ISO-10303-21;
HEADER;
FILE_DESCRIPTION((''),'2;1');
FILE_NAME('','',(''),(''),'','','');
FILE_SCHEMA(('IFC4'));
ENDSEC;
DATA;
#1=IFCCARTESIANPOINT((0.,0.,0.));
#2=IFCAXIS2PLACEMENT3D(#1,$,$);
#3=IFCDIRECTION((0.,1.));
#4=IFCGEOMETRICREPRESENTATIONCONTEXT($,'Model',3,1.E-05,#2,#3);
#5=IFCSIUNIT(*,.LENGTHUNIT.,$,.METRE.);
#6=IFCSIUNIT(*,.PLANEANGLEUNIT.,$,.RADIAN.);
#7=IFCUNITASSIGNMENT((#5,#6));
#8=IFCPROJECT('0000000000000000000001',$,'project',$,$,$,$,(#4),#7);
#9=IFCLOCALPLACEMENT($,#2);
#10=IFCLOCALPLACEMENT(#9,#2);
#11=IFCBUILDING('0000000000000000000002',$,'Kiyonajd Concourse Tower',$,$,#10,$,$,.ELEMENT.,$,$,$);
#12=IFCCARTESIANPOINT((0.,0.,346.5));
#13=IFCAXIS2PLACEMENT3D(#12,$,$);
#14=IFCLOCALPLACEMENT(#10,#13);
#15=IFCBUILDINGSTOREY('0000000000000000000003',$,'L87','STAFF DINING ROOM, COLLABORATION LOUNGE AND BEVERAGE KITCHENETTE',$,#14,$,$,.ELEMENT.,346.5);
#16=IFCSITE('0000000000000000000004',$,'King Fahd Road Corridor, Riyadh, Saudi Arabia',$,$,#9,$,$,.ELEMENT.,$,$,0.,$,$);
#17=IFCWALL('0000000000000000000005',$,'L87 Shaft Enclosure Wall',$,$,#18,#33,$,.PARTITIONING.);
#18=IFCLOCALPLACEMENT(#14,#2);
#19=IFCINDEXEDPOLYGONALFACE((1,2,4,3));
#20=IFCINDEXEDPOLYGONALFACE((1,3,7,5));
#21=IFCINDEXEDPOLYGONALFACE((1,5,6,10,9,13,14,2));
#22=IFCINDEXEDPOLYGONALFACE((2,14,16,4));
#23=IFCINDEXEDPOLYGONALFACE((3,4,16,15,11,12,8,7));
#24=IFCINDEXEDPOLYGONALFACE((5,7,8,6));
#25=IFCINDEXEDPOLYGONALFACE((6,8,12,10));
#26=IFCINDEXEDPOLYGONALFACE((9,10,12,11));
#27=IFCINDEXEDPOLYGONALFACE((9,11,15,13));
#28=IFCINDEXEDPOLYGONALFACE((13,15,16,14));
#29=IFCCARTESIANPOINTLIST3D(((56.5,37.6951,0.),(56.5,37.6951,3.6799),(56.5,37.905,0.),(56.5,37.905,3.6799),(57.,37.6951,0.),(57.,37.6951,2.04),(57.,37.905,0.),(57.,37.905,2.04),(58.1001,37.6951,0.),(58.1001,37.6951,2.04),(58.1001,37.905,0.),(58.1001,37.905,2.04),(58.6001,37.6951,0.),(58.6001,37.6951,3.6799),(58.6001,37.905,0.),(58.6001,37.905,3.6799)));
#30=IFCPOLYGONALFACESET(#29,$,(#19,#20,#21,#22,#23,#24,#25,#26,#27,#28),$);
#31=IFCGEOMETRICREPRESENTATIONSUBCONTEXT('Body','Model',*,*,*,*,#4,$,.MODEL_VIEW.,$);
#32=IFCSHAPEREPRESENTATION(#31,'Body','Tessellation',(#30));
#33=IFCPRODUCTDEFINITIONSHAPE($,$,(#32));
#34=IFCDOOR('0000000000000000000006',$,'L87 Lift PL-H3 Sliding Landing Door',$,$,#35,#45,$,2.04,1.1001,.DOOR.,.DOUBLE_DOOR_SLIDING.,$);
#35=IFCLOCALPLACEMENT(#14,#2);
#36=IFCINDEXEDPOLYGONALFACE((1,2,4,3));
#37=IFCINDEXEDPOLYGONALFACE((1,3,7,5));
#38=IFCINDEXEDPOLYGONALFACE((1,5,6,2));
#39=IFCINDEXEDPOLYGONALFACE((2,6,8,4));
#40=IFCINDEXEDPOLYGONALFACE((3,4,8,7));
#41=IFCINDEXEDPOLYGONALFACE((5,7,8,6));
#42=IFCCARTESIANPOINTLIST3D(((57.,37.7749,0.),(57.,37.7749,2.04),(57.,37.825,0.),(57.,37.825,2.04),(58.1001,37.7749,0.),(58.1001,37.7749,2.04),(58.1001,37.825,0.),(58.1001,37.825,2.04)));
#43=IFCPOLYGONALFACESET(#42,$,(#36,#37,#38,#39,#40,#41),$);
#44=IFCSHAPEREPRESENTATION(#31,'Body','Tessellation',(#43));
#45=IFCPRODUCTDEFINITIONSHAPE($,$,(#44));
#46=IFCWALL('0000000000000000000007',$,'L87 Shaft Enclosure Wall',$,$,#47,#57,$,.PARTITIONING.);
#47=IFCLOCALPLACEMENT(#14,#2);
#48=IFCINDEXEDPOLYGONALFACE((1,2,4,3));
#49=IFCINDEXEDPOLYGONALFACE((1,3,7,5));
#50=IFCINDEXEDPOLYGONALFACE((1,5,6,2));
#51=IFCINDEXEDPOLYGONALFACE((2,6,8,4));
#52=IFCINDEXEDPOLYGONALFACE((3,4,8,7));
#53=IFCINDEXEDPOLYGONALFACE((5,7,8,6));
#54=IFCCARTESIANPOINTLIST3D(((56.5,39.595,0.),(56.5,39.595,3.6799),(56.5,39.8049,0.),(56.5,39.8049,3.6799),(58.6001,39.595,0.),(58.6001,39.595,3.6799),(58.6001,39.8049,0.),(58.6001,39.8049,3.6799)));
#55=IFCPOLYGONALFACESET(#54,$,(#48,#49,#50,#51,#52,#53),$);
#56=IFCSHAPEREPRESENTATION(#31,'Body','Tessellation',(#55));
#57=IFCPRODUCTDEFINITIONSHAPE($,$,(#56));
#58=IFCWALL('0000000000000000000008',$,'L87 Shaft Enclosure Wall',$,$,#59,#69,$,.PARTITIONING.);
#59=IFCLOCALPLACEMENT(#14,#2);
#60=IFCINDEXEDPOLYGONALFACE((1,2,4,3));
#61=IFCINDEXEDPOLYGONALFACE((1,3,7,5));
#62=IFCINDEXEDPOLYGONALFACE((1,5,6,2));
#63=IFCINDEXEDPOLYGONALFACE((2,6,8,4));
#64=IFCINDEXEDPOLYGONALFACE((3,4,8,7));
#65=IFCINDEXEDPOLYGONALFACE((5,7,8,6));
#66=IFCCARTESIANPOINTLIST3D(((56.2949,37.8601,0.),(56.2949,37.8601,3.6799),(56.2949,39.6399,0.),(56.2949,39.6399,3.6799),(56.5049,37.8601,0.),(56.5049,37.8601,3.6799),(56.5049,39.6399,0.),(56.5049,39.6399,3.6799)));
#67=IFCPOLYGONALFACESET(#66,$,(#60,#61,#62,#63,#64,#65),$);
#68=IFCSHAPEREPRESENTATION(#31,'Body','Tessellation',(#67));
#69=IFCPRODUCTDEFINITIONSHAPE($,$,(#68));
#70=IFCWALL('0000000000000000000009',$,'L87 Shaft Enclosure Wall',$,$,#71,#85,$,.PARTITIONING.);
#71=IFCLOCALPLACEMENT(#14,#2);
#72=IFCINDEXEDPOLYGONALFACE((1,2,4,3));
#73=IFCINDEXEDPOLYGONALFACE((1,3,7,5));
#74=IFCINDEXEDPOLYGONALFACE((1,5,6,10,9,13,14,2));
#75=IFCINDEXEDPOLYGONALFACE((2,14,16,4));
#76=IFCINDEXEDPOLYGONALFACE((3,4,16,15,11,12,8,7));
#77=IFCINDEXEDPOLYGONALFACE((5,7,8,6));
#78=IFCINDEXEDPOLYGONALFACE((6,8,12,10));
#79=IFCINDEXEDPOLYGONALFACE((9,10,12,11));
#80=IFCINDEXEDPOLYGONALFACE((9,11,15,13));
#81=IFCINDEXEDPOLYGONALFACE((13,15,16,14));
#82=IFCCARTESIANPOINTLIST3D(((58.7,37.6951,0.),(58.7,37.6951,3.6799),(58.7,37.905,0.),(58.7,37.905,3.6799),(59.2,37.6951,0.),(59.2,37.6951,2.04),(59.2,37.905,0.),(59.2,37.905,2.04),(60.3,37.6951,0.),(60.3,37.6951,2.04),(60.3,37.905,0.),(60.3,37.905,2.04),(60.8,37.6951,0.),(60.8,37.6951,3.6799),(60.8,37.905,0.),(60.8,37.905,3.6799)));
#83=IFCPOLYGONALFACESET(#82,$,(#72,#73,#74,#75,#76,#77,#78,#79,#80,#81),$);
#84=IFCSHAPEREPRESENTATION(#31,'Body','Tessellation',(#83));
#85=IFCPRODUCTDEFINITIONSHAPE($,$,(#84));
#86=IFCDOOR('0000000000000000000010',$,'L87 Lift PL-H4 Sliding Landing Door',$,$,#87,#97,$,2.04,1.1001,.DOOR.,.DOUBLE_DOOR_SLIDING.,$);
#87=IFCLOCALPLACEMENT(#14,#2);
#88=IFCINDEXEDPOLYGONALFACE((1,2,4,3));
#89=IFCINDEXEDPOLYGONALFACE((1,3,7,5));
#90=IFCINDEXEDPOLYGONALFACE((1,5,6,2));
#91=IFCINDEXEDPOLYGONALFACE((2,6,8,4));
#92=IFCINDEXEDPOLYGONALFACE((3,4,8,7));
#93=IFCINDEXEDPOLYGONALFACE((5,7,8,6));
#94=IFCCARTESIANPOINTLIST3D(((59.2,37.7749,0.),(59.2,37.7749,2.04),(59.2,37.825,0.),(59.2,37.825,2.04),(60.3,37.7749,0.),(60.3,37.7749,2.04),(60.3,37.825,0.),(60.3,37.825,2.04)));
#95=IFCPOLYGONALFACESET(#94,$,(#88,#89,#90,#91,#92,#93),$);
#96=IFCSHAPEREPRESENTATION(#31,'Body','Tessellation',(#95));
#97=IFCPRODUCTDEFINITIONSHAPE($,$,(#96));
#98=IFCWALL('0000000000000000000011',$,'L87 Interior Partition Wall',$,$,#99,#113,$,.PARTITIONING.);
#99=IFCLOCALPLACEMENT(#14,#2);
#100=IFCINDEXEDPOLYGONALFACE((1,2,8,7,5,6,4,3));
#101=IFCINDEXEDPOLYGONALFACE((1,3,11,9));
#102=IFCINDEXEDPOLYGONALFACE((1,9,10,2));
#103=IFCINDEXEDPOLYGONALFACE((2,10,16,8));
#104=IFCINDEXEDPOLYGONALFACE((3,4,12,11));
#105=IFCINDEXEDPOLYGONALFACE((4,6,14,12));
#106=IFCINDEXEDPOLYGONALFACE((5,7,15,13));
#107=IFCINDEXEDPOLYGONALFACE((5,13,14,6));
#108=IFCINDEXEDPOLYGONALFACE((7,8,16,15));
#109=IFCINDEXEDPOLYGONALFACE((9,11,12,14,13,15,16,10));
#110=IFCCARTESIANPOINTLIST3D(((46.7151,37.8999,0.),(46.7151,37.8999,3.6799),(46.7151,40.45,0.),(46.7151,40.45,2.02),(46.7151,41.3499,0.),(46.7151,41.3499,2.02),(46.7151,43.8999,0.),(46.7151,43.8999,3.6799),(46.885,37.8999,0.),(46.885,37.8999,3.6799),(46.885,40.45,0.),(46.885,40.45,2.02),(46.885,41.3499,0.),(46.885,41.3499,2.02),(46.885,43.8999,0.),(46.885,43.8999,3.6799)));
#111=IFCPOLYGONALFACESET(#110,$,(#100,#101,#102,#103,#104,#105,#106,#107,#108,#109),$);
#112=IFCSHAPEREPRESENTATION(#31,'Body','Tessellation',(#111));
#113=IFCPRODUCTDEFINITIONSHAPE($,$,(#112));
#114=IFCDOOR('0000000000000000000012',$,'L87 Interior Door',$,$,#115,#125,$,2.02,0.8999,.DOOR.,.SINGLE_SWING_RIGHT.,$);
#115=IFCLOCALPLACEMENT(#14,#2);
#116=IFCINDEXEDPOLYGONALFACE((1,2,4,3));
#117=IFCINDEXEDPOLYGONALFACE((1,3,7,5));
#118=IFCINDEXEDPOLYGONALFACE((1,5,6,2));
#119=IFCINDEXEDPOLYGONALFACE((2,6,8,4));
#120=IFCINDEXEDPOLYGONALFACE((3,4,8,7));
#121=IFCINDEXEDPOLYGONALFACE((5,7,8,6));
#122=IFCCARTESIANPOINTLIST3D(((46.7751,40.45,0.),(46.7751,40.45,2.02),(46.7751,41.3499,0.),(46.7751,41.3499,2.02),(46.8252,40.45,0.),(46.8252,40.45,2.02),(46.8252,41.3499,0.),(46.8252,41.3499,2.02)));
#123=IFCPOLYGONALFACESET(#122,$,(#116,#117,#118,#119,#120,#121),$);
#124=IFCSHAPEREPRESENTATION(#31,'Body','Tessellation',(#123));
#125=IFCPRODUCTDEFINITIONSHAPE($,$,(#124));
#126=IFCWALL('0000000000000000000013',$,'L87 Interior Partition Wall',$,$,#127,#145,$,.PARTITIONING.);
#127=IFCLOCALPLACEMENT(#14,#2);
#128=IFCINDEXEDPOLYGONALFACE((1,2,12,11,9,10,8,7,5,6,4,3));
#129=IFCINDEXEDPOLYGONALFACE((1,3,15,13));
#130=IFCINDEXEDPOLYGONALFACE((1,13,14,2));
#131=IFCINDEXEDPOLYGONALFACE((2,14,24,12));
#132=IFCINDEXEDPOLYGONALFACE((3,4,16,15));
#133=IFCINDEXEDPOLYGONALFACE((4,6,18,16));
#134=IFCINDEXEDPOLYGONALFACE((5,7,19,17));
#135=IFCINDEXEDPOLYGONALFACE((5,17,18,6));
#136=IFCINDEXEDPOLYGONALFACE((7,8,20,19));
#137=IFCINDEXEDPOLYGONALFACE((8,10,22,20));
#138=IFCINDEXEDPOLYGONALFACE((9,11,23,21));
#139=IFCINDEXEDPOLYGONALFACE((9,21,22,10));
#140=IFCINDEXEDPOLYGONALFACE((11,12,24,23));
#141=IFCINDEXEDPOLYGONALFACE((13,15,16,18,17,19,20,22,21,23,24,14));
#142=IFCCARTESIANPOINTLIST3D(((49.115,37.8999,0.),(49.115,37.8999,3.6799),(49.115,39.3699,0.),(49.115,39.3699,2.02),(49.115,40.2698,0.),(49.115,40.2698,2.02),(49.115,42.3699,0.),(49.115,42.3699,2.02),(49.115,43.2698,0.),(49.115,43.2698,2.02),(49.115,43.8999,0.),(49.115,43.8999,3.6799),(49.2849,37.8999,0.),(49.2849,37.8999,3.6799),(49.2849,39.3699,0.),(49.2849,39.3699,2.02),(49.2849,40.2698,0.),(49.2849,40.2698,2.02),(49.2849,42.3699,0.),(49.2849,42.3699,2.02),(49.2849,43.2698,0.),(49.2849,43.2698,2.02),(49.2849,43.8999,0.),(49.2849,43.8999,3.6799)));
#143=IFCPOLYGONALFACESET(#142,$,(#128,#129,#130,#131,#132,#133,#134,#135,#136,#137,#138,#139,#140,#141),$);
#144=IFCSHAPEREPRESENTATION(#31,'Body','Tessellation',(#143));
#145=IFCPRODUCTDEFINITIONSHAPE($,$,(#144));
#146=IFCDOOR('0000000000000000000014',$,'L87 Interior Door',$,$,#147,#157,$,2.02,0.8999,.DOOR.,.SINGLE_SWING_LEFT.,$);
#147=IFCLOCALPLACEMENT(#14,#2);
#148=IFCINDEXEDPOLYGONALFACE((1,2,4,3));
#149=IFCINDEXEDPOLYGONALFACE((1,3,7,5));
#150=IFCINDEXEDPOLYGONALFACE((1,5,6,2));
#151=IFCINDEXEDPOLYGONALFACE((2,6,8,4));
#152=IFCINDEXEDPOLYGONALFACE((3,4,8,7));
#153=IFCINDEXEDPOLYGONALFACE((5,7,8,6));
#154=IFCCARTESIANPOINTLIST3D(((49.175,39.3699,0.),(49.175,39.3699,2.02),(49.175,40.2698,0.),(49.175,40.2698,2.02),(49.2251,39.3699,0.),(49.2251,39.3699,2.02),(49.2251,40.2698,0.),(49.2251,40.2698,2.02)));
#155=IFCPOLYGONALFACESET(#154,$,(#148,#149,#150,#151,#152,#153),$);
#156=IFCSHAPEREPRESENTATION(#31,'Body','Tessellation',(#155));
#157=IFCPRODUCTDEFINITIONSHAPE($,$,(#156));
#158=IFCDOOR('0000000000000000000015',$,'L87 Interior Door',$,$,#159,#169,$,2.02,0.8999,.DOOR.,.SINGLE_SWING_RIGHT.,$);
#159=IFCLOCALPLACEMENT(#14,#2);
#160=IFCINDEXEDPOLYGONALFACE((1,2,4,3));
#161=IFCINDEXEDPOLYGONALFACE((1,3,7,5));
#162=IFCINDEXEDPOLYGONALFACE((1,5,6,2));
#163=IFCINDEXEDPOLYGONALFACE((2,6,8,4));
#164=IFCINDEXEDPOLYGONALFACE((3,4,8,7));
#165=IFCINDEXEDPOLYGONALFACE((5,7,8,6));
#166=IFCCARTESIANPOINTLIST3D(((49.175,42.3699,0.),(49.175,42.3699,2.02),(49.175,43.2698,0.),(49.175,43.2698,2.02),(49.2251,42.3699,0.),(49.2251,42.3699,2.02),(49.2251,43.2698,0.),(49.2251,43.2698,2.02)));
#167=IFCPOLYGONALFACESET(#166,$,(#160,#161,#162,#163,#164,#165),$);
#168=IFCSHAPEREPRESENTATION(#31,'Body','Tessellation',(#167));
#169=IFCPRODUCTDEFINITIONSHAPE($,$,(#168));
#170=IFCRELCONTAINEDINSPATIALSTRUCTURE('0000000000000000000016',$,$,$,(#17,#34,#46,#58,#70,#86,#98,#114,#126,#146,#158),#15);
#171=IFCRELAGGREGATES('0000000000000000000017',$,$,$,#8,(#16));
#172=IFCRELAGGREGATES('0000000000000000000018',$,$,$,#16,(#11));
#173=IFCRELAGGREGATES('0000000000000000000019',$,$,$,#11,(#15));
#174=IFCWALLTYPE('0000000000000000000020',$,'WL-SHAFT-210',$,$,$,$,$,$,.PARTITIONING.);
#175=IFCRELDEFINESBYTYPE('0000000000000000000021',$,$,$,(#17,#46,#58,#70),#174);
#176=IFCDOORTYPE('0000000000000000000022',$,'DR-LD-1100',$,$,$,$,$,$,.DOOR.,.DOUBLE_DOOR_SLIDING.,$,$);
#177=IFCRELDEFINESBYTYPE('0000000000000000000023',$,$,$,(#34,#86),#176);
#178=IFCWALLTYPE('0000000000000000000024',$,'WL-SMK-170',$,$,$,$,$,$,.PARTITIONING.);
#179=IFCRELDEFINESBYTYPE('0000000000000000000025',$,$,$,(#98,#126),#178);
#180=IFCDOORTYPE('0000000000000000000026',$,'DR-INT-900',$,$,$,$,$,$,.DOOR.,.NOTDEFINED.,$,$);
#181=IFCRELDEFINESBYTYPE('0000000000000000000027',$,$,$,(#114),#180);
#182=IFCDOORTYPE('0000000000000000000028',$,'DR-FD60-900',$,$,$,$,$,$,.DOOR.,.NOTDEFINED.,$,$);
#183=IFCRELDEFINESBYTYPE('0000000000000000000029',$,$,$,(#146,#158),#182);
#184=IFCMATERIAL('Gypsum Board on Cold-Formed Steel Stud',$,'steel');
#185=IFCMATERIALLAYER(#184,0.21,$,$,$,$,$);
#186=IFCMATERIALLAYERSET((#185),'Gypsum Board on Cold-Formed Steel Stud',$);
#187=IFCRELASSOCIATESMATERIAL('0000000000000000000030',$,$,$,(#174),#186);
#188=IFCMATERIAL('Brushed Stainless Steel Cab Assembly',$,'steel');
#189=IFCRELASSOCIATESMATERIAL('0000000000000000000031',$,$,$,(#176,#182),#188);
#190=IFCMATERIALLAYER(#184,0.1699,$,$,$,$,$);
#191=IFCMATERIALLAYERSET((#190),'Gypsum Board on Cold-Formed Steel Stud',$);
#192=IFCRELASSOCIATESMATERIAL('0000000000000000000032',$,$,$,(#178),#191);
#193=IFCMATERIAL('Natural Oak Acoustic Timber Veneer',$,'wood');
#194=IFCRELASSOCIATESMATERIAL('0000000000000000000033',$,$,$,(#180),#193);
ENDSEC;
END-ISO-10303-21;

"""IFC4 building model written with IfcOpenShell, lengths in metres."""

from ifc_helpers import new_model, si_unit, direction, frame, frame_2d, origin, place, context, subcontext, project, spatial, rectangle, extrude, material, layer, layer_set, type_object, element, fill, save


model = new_model("IFC4")

# Units and contexts
model_context = context("Model", 3, precision=1e-05, world=origin(), true_north=direction((0.0, 1.0)))
body_context = subcontext(model_context, "Body", "Model", "MODEL_VIEW")
ifc_project = project(units=[si_unit("LENGTHUNIT", "METRE"), si_unit("PLANEANGLEUNIT", "RADIAN")], contexts=[model_context])

# Site, building, storey
site_placement = place(None, origin())
site = spatial("IfcSite", under=ifc_project, at=site_placement, Name="King Fahd Road Corridor, Riyadh, Saudi Arabia", CompositionType="ELEMENT", RefElevation=0.0)
building_placement = place(site_placement, origin())
building = spatial("IfcBuilding", under=site, at=building_placement, Name="Kiyonajd Concourse Tower", CompositionType="ELEMENT")
storey_placement = place(building_placement, frame((0.0, 0.0, 346.5)))
storey = spatial("IfcBuildingStorey", under=building, at=storey_placement, Name="L87", Description="STAFF DINING ROOM, COLLABORATION LOUNGE AND BEVERAGE KITCHENETTE", CompositionType="ELEMENT", Elevation=346.5)

# Shared definitions
ifc_material_1 = material(Name="Gypsum Board on Cold-Formed Steel Stud", Category="steel")

# Wall, opening, door
ifc_layer_1 = layer(ifc_material_1, 0.21)
ifc_layer_set_1 = layer_set([ifc_layer_1], Name="Gypsum Board on Cold-Formed Steel Stud")
wall_type_1 = type_object("IfcWallType", Name="WL-SHAFT-210", PredefinedType="PARTITIONING", material=ifc_layer_set_1)
ifc_material_2 = material(Name="Brushed Stainless Steel Cab Assembly", Category="steel")
door_type_1 = type_object("IfcDoorType", Name="DR-LD-1100", OperationType="DOUBLE_DOOR_SLIDING", PredefinedType="DOOR", material=ifc_material_2)
wall_1_placement = place(storey_placement, frame((56.5, 37.8, 0.0), z_axis=(0.0, 0.0, 1.0), x_axis=(1.0, 0.0, 0.0)))
wall_1 = element("IfcWall", 1, at=wall_1_placement, inside=storey, type_object=wall_type_1, Name="L87 Shaft Enclosure Wall", PredefinedType="PARTITIONING", context=body_context, shape_type="SweptSolid", body=[
    extrude(rectangle(XDim=2.1001, YDim=0.21, at=frame_2d((1.05, 0.0))), origin(), (0.0, 0.0, 1.0), 3.6799),
])
opening_1_placement = place(wall_1_placement, frame((0.5, 0.0, 0.0)))
opening_1 = element("IfcOpeningElement", 2, at=opening_1_placement, cuts=wall_1, PredefinedType="OPENING", context=body_context, shape_type="SweptSolid", body=[
    extrude(rectangle(XDim=1.1001, YDim=2.04, at=frame_2d((0.55, 1.02))), frame((0.0, 0.115, 0.0), z_axis=(0.0, -1.0, 0.0), x_axis=(1.0, 0.0, 0.0)), (0.0, 0.0, 1.0), 0.23),
])
door_1_placement = place(opening_1_placement, origin())
door_1 = element("IfcDoor", 3, at=door_1_placement, inside=storey, type_object=door_type_1, Name="L87 Lift PL-H3 Sliding Landing Door", OperationType="DOUBLE_DOOR_SLIDING", OverallHeight=2.04, OverallWidth=1.1001, PredefinedType="DOOR", context=body_context, shape_type="SweptSolid", body=[
    extrude(rectangle(XDim=1.1001, YDim=2.04, at=frame_2d((0.55, 1.02))), frame((0.0, 0.0249, 0.0), z_axis=(0.0, -1.0, 0.0), x_axis=(1.0, 0.0, 0.0)), (0.0, 0.0, 1.0), 0.05),
])
fill(opening_1, door_1)

# Walls
wall_2_placement = place(storey_placement, frame((56.5, 39.7, 0.0), z_axis=(0.0, 0.0, 1.0), x_axis=(1.0, 0.0, 0.0)))
element("IfcWall", 4, at=wall_2_placement, inside=storey, type_object=wall_type_1, Name="L87 Shaft Enclosure Wall", PredefinedType="PARTITIONING", context=body_context, shape_type="SweptSolid", body=[
    extrude(rectangle(XDim=2.1001, YDim=0.21, at=frame_2d((1.05, 0.0))), origin(), (0.0, 0.0, 1.0), 3.6799),
])
wall_3_placement = place(storey_placement, frame((56.3999, 37.8601, 0.0), z_axis=(0.0, 0.0, 1.0), x_axis=(0.0, 1.0, 0.0)))
element("IfcWall", 5, at=wall_3_placement, inside=storey, type_object=wall_type_1, Name="L87 Shaft Enclosure Wall", PredefinedType="PARTITIONING", context=body_context, shape_type="SweptSolid", body=[
    extrude(rectangle(XDim=1.7798, YDim=0.21, at=frame_2d((0.8899, 0.0))), origin(), (0.0, 0.0, 1.0), 3.6799),
])

# Walls, openings, doors
wall_4_placement = place(storey_placement, frame((58.7, 37.8, 0.0), z_axis=(0.0, 0.0, 1.0), x_axis=(1.0, 0.0, 0.0)))
wall_4 = element("IfcWall", 6, at=wall_4_placement, inside=storey, type_object=wall_type_1, Name="L87 Shaft Enclosure Wall", PredefinedType="PARTITIONING", context=body_context, shape_type="SweptSolid", body=[
    extrude(rectangle(XDim=2.1001, YDim=0.21, at=frame_2d((1.05, 0.0))), origin(), (0.0, 0.0, 1.0), 3.6799),
])
opening_2_placement = place(wall_4_placement, frame((0.5, 0.0, 0.0)))
opening_2 = element("IfcOpeningElement", 7, at=opening_2_placement, cuts=wall_4, PredefinedType="OPENING", context=body_context, shape_type="SweptSolid", body=[
    extrude(rectangle(XDim=1.1001, YDim=2.04, at=frame_2d((0.55, 1.02))), frame((0.0, 0.115, 0.0), z_axis=(0.0, -1.0, 0.0), x_axis=(1.0, 0.0, 0.0)), (0.0, 0.0, 1.0), 0.23),
])
door_2_placement = place(opening_2_placement, origin())
door_2 = element("IfcDoor", 8, at=door_2_placement, inside=storey, type_object=door_type_1, Name="L87 Lift PL-H4 Sliding Landing Door", OperationType="DOUBLE_DOOR_SLIDING", OverallHeight=2.04, OverallWidth=1.1001, PredefinedType="DOOR", context=body_context, shape_type="SweptSolid", body=[
    extrude(rectangle(XDim=1.1001, YDim=2.04, at=frame_2d((0.55, 1.02))), frame((0.0, 0.0249, 0.0), z_axis=(0.0, -1.0, 0.0), x_axis=(1.0, 0.0, 0.0)), (0.0, 0.0, 1.0), 0.05),
])
fill(opening_2, door_2)
ifc_layer_2 = layer(ifc_material_1, 0.1699)
ifc_layer_set_2 = layer_set([ifc_layer_2], Name="Gypsum Board on Cold-Formed Steel Stud")
wall_type_2 = type_object("IfcWallType", Name="WL-SMK-170", PredefinedType="PARTITIONING", material=ifc_layer_set_2)
wall_5_placement = place(storey_placement, frame((46.8, 37.8999, 0.0), z_axis=(0.0, 0.0, 1.0), x_axis=(0.0, 1.0, 0.0)))
wall_5 = element("IfcWall", 9, at=wall_5_placement, inside=storey, type_object=wall_type_2, Name="L87 Interior Partition Wall", PredefinedType="PARTITIONING", context=body_context, shape_type="SweptSolid", body=[
    extrude(rectangle(XDim=6.0, YDim=0.1699, at=frame_2d((3.0, 0.0))), origin(), (0.0, 0.0, 1.0), 3.6799),
])
opening_3_placement = place(wall_5_placement, frame((2.55, 0.0, 0.0)))
opening_3 = element("IfcOpeningElement", 10, at=opening_3_placement, cuts=wall_5, PredefinedType="OPENING", context=body_context, shape_type="SweptSolid", body=[
    extrude(rectangle(XDim=0.8999, YDim=2.02, at=frame_2d((0.45, 1.01))), frame((0.0, 0.095, 0.0), z_axis=(0.0, -1.0, 0.0), x_axis=(1.0, 0.0, 0.0)), (0.0, 0.0, 1.0), 0.1899),
])
ifc_material_3 = material(Name="Natural Oak Acoustic Timber Veneer", Category="wood")
door_type_2 = type_object("IfcDoorType", Name="DR-INT-900", OperationType="NOTDEFINED", PredefinedType="DOOR", material=ifc_material_3)
door_3_placement = place(opening_3_placement, origin())
door_3 = element("IfcDoor", 11, at=door_3_placement, inside=storey, type_object=door_type_2, Name="L87 Interior Door", OperationType="SINGLE_SWING_RIGHT", OverallHeight=2.02, OverallWidth=0.8999, PredefinedType="DOOR", context=body_context, shape_type="SweptSolid", body=[
    extrude(rectangle(XDim=0.8999, YDim=2.02, at=frame_2d((0.45, 1.01))), frame((0.0, 0.0249, 0.0), z_axis=(0.0, -1.0, 0.0), x_axis=(1.0, 0.0, 0.0)), (0.0, 0.0, 1.0), 0.05),
])
fill(opening_3, door_3)

# Wall, openings, doors
wall_6_placement = place(storey_placement, frame((49.2, 37.8999, 0.0), z_axis=(0.0, 0.0, 1.0), x_axis=(0.0, 1.0, 0.0)))
wall_6 = element("IfcWall", 12, at=wall_6_placement, inside=storey, type_object=wall_type_2, Name="L87 Interior Partition Wall", PredefinedType="PARTITIONING", context=body_context, shape_type="SweptSolid", body=[
    extrude(rectangle(XDim=6.0, YDim=0.1699, at=frame_2d((3.0, 0.0))), origin(), (0.0, 0.0, 1.0), 3.6799),
])
opening_4_placement = place(wall_6_placement, frame((1.47, 0.0, 0.0)))
opening_4 = element("IfcOpeningElement", 13, at=opening_4_placement, cuts=wall_6, PredefinedType="OPENING", context=body_context, shape_type="SweptSolid", body=[
    extrude(rectangle(XDim=0.8999, YDim=2.02, at=frame_2d((0.45, 1.01))), frame((0.0, 0.095, 0.0), z_axis=(0.0, -1.0, 0.0), x_axis=(1.0, 0.0, 0.0)), (0.0, 0.0, 1.0), 0.1899),
])
opening_5_placement = place(wall_6_placement, frame((4.47, 0.0, 0.0)))
opening_5 = element("IfcOpeningElement", 14, at=opening_5_placement, cuts=wall_6, PredefinedType="OPENING", context=body_context, shape_type="SweptSolid", body=[
    extrude(rectangle(XDim=0.8999, YDim=2.02, at=frame_2d((0.45, 1.01))), frame((0.0, 0.095, 0.0), z_axis=(0.0, -1.0, 0.0), x_axis=(1.0, 0.0, 0.0)), (0.0, 0.0, 1.0), 0.1899),
])
door_type_3 = type_object("IfcDoorType", Name="DR-FD60-900", OperationType="NOTDEFINED", PredefinedType="DOOR", material=ifc_material_2)
door_4_placement = place(opening_4_placement, origin())
door_4 = element("IfcDoor", 15, at=door_4_placement, inside=storey, type_object=door_type_3, Name="L87 Interior Door", OperationType="SINGLE_SWING_LEFT", OverallHeight=2.02, OverallWidth=0.8999, PredefinedType="DOOR", context=body_context, shape_type="SweptSolid", body=[
    extrude(rectangle(XDim=0.8999, YDim=2.02, at=frame_2d((0.45, 1.01))), frame((0.0, 0.0249, 0.0), z_axis=(0.0, -1.0, 0.0), x_axis=(1.0, 0.0, 0.0)), (0.0, 0.0, 1.0), 0.05),
])
fill(opening_4, door_4)
door_5_placement = place(opening_5_placement, origin())
door_5 = element("IfcDoor", 16, at=door_5_placement, inside=storey, type_object=door_type_3, Name="L87 Interior Door", OperationType="SINGLE_SWING_RIGHT", OverallHeight=2.02, OverallWidth=0.8999, PredefinedType="DOOR", context=body_context, shape_type="SweptSolid", body=[
    extrude(rectangle(XDim=0.8999, YDim=2.02, at=frame_2d((0.45, 1.01))), frame((0.0, 0.0249, 0.0), z_axis=(0.0, -1.0, 0.0), x_axis=(1.0, 0.0, 0.0)), (0.0, 0.0, 1.0), 0.05),
])
fill(opening_5, door_5)

save(model, "model.ifc")
